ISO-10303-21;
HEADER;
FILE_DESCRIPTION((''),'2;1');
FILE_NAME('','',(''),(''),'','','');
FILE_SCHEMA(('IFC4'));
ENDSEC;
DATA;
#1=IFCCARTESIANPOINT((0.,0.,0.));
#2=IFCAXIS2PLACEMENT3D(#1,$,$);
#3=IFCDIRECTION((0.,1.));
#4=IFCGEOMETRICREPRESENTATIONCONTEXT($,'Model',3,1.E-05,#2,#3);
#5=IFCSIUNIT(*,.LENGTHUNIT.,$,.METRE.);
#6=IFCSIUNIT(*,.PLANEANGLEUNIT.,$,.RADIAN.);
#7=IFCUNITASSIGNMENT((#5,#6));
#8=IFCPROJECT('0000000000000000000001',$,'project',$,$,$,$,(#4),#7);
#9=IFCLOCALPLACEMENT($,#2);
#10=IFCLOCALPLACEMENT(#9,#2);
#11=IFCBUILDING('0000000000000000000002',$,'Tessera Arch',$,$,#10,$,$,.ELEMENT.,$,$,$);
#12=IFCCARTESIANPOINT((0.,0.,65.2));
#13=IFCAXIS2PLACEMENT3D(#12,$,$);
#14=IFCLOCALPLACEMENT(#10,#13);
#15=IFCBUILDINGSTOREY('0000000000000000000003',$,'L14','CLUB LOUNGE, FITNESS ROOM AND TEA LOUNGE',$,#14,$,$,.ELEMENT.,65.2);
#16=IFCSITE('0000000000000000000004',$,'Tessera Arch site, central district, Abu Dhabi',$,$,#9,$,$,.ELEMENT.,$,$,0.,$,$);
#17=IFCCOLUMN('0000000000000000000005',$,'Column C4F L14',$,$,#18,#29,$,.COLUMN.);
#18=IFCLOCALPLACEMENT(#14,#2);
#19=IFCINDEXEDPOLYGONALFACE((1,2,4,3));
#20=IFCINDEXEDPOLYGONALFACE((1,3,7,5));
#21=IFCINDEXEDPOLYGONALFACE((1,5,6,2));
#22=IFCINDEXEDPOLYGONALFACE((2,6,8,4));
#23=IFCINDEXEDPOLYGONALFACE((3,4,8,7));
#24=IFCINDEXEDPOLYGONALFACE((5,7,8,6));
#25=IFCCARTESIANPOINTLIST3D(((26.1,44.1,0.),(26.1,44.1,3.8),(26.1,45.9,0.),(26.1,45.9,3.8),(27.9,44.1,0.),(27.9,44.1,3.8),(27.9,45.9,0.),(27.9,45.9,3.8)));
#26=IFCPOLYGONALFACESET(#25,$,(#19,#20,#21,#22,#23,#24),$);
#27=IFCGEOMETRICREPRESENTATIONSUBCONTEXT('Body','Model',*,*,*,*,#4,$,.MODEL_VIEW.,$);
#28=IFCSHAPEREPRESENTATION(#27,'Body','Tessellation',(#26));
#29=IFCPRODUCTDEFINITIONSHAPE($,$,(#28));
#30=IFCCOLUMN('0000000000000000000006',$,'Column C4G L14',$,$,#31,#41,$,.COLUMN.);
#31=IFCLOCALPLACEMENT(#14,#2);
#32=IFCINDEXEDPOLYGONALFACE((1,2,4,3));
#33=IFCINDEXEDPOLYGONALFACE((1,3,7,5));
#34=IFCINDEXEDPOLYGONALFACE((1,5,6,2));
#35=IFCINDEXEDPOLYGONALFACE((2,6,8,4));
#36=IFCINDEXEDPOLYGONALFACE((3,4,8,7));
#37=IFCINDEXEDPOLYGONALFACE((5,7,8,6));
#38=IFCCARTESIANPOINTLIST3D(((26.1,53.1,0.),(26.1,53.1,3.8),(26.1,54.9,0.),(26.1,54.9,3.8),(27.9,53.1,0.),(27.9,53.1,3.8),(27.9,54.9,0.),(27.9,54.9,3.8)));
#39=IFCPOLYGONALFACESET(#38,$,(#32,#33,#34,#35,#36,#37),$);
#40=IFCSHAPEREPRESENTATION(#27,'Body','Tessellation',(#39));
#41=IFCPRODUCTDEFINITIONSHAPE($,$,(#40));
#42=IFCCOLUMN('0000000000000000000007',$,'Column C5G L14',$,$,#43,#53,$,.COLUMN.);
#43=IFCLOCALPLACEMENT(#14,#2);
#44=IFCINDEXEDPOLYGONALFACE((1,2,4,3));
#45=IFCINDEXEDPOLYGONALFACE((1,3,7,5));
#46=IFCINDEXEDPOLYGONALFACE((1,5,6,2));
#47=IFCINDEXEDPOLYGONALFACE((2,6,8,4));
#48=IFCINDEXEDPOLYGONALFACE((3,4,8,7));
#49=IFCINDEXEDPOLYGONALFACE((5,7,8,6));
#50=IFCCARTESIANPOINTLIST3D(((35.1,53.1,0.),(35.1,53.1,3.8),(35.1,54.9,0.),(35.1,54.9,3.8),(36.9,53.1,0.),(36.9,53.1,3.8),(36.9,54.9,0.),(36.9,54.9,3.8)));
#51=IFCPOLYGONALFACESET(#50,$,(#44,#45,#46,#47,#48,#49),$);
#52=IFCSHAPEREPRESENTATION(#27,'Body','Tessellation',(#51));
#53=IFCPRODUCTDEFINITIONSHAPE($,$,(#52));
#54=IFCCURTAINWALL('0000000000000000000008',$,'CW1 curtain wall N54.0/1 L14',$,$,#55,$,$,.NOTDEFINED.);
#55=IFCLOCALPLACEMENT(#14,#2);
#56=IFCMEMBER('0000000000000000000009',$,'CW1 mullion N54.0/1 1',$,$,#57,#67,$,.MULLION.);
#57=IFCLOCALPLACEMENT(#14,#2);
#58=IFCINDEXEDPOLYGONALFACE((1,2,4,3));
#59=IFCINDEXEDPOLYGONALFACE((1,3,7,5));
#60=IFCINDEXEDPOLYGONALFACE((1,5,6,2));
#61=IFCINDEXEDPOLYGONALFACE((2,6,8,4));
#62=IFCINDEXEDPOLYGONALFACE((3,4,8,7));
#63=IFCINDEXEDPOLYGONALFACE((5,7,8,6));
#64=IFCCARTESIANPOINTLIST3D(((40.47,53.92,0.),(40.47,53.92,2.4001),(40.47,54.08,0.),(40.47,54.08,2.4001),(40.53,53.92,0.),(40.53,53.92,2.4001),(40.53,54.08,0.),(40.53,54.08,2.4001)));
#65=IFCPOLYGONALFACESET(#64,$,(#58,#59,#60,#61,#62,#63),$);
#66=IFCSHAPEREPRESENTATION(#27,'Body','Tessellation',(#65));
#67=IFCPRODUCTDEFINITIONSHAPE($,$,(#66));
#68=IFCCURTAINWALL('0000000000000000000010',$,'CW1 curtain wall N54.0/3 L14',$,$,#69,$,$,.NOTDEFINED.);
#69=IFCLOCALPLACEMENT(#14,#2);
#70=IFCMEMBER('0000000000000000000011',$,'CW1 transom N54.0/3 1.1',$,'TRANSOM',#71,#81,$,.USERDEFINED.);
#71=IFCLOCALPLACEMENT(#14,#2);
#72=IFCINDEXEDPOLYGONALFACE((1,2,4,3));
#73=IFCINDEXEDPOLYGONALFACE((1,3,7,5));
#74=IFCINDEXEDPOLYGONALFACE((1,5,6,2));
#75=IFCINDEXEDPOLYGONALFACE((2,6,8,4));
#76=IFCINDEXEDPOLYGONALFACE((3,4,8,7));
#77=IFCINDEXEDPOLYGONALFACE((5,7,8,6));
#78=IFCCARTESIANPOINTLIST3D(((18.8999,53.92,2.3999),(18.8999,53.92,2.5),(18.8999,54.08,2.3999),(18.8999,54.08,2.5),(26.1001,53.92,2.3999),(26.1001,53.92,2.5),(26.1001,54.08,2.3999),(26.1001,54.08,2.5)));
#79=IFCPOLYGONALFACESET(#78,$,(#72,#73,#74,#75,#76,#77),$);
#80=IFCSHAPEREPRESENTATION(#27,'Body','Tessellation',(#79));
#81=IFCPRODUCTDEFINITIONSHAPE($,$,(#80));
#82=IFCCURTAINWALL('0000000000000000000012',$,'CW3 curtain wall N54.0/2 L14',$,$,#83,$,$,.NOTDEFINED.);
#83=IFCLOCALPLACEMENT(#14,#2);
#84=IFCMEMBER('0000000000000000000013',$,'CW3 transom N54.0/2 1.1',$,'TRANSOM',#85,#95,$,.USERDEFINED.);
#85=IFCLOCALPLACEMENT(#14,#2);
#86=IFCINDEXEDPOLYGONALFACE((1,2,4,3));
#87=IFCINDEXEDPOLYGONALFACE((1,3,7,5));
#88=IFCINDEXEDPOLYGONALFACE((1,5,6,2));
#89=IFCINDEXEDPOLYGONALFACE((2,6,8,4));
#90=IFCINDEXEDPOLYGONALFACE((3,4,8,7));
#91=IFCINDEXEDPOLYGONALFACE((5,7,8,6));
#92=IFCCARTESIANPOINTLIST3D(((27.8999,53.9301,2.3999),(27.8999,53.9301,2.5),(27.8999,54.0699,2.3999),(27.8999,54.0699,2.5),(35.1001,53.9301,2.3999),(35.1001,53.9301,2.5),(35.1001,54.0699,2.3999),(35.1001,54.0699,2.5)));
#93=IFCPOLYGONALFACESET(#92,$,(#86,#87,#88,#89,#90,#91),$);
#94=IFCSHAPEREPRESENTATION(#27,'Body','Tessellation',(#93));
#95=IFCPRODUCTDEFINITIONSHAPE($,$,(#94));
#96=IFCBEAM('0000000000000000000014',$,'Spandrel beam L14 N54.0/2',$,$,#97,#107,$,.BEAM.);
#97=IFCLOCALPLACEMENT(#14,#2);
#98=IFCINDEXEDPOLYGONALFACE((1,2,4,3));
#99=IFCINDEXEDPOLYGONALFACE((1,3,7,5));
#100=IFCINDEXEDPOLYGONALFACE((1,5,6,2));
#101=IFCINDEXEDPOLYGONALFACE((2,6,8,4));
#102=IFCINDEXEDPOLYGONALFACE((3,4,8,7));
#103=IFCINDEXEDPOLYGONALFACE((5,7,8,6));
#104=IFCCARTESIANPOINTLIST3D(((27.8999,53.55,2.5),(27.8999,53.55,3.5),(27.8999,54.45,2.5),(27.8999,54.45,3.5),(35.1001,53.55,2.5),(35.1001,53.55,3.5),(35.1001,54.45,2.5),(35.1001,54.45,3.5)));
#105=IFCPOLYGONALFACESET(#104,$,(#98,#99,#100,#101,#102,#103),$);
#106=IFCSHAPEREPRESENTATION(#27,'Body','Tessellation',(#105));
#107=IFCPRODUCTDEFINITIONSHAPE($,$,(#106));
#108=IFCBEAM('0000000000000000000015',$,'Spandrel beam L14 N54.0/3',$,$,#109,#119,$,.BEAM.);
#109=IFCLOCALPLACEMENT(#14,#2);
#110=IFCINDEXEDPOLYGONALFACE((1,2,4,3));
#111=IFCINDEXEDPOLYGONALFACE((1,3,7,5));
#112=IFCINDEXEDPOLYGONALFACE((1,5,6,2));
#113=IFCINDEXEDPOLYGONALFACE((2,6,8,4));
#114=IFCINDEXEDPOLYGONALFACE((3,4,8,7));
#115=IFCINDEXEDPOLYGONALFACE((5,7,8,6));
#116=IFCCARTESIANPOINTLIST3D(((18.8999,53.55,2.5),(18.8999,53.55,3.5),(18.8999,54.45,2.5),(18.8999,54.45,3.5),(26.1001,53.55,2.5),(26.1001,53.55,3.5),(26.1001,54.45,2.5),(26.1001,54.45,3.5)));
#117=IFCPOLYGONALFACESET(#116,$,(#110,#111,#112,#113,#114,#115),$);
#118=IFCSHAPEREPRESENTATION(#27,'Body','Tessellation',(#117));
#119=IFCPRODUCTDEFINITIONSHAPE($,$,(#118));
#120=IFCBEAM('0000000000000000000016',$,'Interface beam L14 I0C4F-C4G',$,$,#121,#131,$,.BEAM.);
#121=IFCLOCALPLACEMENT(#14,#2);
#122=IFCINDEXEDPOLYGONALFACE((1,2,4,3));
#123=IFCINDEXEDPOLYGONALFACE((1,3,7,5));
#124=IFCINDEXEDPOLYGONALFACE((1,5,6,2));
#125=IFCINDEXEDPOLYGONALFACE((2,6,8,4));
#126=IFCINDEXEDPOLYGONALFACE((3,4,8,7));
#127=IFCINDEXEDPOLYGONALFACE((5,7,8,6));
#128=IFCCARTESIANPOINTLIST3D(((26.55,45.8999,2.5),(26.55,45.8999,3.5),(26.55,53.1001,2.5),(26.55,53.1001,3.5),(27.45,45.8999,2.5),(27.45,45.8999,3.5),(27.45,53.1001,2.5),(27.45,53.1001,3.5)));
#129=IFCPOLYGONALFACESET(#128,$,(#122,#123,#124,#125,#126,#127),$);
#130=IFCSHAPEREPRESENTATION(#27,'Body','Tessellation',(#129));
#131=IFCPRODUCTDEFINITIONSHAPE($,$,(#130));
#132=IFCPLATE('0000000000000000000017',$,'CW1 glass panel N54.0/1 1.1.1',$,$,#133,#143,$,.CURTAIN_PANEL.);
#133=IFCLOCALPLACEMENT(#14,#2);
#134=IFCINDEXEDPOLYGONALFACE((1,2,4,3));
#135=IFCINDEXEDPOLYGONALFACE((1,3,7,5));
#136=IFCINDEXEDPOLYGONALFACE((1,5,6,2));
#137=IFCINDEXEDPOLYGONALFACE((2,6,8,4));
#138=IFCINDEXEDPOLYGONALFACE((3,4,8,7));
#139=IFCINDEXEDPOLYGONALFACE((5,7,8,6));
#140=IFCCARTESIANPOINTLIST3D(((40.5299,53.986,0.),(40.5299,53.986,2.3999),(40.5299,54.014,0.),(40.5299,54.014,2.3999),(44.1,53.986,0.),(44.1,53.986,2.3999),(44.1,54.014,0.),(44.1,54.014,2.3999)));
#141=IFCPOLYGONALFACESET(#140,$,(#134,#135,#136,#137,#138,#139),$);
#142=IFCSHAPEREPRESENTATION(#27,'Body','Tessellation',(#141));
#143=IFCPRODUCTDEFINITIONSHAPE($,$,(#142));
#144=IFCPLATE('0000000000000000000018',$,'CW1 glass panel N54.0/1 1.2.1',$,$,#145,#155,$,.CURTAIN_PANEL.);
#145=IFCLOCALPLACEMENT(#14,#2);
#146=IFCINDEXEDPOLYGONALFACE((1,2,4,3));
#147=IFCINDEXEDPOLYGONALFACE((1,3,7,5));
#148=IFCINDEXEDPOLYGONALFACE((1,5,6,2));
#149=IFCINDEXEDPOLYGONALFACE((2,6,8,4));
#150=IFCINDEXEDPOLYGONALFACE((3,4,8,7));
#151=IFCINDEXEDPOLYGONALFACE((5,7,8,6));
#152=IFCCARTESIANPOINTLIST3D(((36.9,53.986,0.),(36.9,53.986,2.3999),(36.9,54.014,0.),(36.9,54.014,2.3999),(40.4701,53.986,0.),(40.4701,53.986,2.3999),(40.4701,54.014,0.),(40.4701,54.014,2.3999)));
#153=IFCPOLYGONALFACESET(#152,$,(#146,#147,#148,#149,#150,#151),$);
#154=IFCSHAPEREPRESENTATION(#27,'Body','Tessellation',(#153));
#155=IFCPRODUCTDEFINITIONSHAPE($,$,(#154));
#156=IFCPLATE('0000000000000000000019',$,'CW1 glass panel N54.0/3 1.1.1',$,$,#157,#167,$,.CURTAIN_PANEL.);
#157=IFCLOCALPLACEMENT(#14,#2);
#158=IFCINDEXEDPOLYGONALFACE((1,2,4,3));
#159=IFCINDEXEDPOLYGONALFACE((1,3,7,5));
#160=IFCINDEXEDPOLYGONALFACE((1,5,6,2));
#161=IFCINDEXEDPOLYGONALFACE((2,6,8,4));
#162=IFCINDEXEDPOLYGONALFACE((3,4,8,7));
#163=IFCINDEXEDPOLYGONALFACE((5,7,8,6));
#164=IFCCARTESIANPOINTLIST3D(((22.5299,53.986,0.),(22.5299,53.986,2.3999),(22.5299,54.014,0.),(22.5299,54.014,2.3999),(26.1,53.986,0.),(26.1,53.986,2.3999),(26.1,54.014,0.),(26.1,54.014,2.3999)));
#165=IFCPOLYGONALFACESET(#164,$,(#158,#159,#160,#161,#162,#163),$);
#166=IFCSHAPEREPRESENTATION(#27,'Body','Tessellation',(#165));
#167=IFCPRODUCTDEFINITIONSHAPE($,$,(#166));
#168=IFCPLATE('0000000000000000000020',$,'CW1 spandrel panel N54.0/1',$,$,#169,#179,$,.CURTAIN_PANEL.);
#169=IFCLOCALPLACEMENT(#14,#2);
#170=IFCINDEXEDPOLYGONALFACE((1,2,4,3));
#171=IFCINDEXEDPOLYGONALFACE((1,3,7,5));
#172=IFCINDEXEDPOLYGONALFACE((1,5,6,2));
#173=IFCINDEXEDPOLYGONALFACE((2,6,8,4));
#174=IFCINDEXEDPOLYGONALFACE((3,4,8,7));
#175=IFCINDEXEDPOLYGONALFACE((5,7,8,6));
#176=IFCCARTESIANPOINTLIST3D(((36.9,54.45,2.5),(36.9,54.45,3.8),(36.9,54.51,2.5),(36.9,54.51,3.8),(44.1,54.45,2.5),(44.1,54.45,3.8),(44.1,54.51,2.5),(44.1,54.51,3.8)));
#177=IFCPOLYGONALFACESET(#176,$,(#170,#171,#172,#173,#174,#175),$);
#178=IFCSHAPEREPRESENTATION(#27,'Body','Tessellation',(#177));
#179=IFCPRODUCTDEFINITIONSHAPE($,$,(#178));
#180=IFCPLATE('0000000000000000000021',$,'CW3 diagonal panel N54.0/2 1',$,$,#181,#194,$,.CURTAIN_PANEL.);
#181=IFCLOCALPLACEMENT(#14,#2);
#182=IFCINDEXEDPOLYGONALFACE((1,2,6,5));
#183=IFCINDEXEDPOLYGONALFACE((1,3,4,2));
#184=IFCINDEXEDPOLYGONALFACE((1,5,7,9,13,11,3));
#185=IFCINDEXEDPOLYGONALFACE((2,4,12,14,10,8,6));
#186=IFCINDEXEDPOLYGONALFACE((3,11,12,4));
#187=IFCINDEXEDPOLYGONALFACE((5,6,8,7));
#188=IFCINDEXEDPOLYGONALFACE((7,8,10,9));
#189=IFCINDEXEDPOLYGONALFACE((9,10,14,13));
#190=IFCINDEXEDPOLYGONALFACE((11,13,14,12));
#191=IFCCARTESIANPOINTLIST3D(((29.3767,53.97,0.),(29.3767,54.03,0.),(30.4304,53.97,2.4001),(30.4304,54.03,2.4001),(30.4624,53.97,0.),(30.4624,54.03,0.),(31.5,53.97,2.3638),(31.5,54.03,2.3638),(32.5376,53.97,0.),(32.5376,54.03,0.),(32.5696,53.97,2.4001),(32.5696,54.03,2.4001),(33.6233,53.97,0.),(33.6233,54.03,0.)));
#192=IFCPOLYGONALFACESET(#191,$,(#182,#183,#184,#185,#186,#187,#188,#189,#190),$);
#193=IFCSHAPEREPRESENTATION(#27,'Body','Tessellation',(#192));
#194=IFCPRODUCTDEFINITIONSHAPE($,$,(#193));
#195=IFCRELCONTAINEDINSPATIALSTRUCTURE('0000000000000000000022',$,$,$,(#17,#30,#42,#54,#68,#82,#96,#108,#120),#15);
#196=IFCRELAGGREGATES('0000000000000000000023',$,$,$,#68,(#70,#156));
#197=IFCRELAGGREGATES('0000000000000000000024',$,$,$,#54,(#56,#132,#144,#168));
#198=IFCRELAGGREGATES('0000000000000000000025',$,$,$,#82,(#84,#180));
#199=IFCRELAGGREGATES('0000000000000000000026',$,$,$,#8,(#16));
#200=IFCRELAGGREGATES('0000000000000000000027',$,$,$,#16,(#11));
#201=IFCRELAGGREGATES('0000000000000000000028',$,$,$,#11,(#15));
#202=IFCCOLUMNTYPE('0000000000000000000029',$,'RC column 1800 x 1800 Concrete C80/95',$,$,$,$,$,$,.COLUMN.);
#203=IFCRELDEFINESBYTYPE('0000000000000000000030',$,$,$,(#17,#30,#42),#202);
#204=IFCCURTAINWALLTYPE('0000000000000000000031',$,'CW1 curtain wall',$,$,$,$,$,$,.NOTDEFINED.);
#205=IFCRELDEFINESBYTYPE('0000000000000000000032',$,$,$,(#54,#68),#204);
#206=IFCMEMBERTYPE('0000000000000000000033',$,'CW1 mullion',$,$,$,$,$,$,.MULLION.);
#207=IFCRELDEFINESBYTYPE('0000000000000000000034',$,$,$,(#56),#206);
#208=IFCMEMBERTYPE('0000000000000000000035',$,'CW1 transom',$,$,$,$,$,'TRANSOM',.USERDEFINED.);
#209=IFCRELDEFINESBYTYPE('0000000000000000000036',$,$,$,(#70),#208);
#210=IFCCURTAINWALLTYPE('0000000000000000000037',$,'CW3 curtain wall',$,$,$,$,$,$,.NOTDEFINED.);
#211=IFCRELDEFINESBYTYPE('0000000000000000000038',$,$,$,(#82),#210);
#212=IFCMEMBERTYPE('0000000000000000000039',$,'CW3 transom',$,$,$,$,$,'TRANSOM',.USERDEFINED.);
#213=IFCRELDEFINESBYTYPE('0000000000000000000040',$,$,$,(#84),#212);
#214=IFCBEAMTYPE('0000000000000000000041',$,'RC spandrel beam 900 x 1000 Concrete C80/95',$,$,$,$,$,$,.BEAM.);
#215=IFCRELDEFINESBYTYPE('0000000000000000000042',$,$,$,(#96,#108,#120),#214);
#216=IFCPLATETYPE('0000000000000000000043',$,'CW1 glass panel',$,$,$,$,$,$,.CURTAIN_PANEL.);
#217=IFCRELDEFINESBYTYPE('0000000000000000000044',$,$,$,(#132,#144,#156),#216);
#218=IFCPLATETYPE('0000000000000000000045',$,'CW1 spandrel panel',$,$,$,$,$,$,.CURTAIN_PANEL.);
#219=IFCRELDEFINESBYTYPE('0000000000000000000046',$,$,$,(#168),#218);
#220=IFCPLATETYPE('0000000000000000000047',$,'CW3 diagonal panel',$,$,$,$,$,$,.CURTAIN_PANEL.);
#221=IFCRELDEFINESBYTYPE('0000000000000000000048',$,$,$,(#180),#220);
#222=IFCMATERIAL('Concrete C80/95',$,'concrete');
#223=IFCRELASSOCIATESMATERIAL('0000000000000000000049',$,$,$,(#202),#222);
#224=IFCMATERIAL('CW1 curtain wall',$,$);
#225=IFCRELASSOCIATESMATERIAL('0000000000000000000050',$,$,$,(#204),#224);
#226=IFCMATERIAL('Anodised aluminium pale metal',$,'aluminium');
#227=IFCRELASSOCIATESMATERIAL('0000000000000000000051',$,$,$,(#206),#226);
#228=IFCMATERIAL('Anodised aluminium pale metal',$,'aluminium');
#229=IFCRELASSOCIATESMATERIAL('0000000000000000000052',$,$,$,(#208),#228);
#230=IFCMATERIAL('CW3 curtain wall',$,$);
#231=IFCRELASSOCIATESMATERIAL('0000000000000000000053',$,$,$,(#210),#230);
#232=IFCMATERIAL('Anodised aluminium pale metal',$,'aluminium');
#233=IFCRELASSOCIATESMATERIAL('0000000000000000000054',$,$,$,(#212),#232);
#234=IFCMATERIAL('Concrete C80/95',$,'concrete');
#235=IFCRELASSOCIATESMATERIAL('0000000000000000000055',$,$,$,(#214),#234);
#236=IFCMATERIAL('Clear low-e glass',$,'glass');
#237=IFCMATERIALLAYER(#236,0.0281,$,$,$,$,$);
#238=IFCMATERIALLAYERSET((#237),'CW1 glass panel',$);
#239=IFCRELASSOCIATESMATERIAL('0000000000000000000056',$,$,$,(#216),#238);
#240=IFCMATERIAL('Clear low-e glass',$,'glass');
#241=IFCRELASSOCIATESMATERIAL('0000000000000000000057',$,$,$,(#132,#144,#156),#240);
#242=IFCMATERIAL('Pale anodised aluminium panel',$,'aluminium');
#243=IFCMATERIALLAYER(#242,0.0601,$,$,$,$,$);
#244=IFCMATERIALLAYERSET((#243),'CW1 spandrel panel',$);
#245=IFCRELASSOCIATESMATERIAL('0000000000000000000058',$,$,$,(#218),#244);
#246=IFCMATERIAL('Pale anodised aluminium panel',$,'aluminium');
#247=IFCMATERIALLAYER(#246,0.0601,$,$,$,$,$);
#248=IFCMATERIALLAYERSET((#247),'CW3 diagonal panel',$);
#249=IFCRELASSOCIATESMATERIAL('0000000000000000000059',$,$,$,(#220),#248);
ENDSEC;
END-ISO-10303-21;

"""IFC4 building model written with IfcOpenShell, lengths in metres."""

from ifc_helpers import new_model, si_unit, direction, frame, origin, origin_2d, place, context, subcontext, project, spatial, polyline, rectangle, outline, extrude, material, layer, layer_set, material_profile, profile_set, type_object, element, aggregate, save


model = new_model("IFC4")

# Units and contexts
model_context = context("Model", 3, precision=1e-05, world=origin(), true_north=direction((0.0, 1.0)))
body_context = subcontext(model_context, "Body", "Model", "MODEL_VIEW")
ifc_project = project(units=[si_unit("LENGTHUNIT", "METRE"), si_unit("PLANEANGLEUNIT", "RADIAN")], contexts=[model_context])

# Site, building, storey
site_placement = place(None, origin())
site = spatial("IfcSite", under=ifc_project, at=site_placement, Name="Tessera Arch site, central district, Abu Dhabi", CompositionType="ELEMENT", RefElevation=0.0)
building_placement = place(site_placement, origin())
building = spatial("IfcBuilding", under=site, at=building_placement, Name="Tessera Arch", CompositionType="ELEMENT")
storey_placement = place(building_placement, frame((0.0, 0.0, 65.2)))
storey = spatial("IfcBuildingStorey", under=building, at=storey_placement, Name="L14", Description="CLUB LOUNGE, FITNESS ROOM AND TEA LOUNGE", CompositionType="ELEMENT", Elevation=65.2)

# Columns
ifc_material_1 = material(Name="Concrete C80/95", Category="concrete")
ifc_material_profile_1 = material_profile(ifc_material_1, rectangle(XDim=1.8, YDim=1.8, at=origin_2d()), Name="RC column 1800 x 1800 Concrete C80/95")
ifc_profile_set_1 = profile_set([ifc_material_profile_1], Name="Concrete C80/95")
column_type = type_object("IfcColumnType", Name="RC column 1800 x 1800 Concrete C80/95", PredefinedType="COLUMN", material=ifc_profile_set_1)
for number, where, z_axis, x_axis, name in (
    (1, (27.0, 45.0, 0.0), (0.0, 0.0, 1.0), (1.0, 0.0, 0.0), "Column C4F L14"),
    (2, (27.0, 54.0, 0.0), (0.0, 0.0, 1.0), (1.0, 0.0, 0.0), "Column C4G L14"),
    (3, (36.0, 54.0, 0.0), (0.0, 0.0, 1.0), (1.0, 0.0, 0.0), "Column C5G L14"),
):
    element("IfcColumn", number, at=place(storey_placement, frame(where, z_axis=z_axis, x_axis=x_axis)), inside=storey, type_object=column_type, Name=name, PredefinedType="COLUMN", context=body_context, shape_type="SweptSolid", body=[
        extrude(rectangle(XDim=1.8, YDim=1.8, at=origin_2d()), origin(), (0.0, 0.0, 1.0), 3.8),
    ])

# Curtain walls, members
ifc_material_2 = material(Name="CW1 curtain wall")
curtain_wall_type_1 = type_object("IfcCurtainWallType", Name="CW1 curtain wall", PredefinedType="NOTDEFINED", material=ifc_material_2)
curtain_wall_1_placement = place(storey_placement, origin())
curtain_wall_1 = element("IfcCurtainWall", 4, at=curtain_wall_1_placement, inside=storey, type_object=curtain_wall_type_1, Name="CW1 curtain wall N54.0/1 L14", PredefinedType="NOTDEFINED")
ifc_material_3 = material(Name="Anodised aluminium pale metal", Category="aluminium")
ifc_material_profile_2 = material_profile(ifc_material_3, rectangle(XDim=0.1599, YDim=0.0601, at=origin_2d()), Name="AL 60x160")
ifc_profile_set_2 = profile_set([ifc_material_profile_2], Name="Anodised aluminium pale metal")
member_type_1 = type_object("IfcMemberType", Name="CW1 mullion", PredefinedType="MULLION", material=ifc_profile_set_2)
member_1_placement = place(storey_placement, frame((40.5, 54.0, 0.0), z_axis=(0.0, 0.0, 1.0), x_axis=(0.0, -1.0, 0.0)))
member_1 = element("IfcMember", 5, at=member_1_placement, type_object=member_type_1, Name="CW1 mullion N54.0/1 1", PredefinedType="MULLION", context=body_context, shape_type="SweptSolid", body=[
    extrude(rectangle(XDim=0.1599, YDim=0.0601, at=origin_2d()), origin(), (0.0, 0.0, 1.0), 2.4001),
])
curtain_wall_2_placement = place(storey_placement, origin())
curtain_wall_2 = element("IfcCurtainWall", 6, at=curtain_wall_2_placement, inside=storey, type_object=curtain_wall_type_1, Name="CW1 curtain wall N54.0/3 L14", PredefinedType="NOTDEFINED")
ifc_material_4 = material(Name="Anodised aluminium pale metal", Category="aluminium")
ifc_material_profile_3 = material_profile(ifc_material_4, rectangle(XDim=0.1599, YDim=0.1001, at=origin_2d()), Name="AL 160x100")
ifc_profile_set_3 = profile_set([ifc_material_profile_3], Name="Anodised aluminium pale metal")
member_type_2 = type_object("IfcMemberType", Name="CW1 transom", ElementType="TRANSOM", PredefinedType="USERDEFINED", material=ifc_profile_set_3)
member_2_placement = place(storey_placement, frame((26.1001, 54.0, 2.45), z_axis=(-1.0, 0.0, 0.0), x_axis=(0.0, -1.0, 0.0)))
member_2 = element("IfcMember", 7, at=member_2_placement, type_object=member_type_2, Name="CW1 transom N54.0/3 1.1", ObjectType="TRANSOM", PredefinedType="USERDEFINED", context=body_context, shape_type="SweptSolid", body=[
    extrude(rectangle(XDim=0.1599, YDim=0.1001, at=origin_2d()), origin(), (0.0, 0.0, 1.0), 7.2002),
])
ifc_material_5 = material(Name="CW3 curtain wall")
curtain_wall_type_2 = type_object("IfcCurtainWallType", Name="CW3 curtain wall", PredefinedType="NOTDEFINED", material=ifc_material_5)
curtain_wall_3_placement = place(storey_placement, origin())
curtain_wall_3 = element("IfcCurtainWall", 8, at=curtain_wall_3_placement, inside=storey, type_object=curtain_wall_type_2, Name="CW3 curtain wall N54.0/2 L14", PredefinedType="NOTDEFINED")
ifc_material_6 = material(Name="Anodised aluminium pale metal", Category="aluminium")
ifc_material_profile_4 = material_profile(ifc_material_6, rectangle(XDim=0.1399, YDim=0.1001, at=origin_2d()), Name="AL 140x100")
ifc_profile_set_4 = profile_set([ifc_material_profile_4], Name="Anodised aluminium pale metal")
member_type_3 = type_object("IfcMemberType", Name="CW3 transom", ElementType="TRANSOM", PredefinedType="USERDEFINED", material=ifc_profile_set_4)
member_3_placement = place(storey_placement, frame((35.1001, 54.0, 2.45), z_axis=(-1.0, 0.0, 0.0), x_axis=(0.0, -1.0, 0.0)))
member_3 = element("IfcMember", 9, at=member_3_placement, type_object=member_type_3, Name="CW3 transom N54.0/2 1.1", ObjectType="TRANSOM", PredefinedType="USERDEFINED", context=body_context, shape_type="SweptSolid", body=[
    extrude(rectangle(XDim=0.1399, YDim=0.1001, at=origin_2d()), origin(), (0.0, 0.0, 1.0), 7.2002),
])

# Beams
ifc_material_7 = material(Name="Concrete C80/95", Category="concrete")
ifc_material_profile_5 = material_profile(ifc_material_7, rectangle(XDim=0.8999, YDim=1.0, at=origin_2d()), Name="RC spandrel beam 900 x 1000 Concrete C80/95")
ifc_profile_set_5 = profile_set([ifc_material_profile_5], Name="Concrete C80/95")
beam_type = type_object("IfcBeamType", Name="RC spandrel beam 900 x 1000 Concrete C80/95", PredefinedType="BEAM", material=ifc_profile_set_5)
for number, where, z_axis, x_axis, name in (
    (10, (35.1001, 54.0, 3.0), (-1.0, 0.0, 0.0), (0.0, -1.0, 0.0), "Spandrel beam L14 N54.0/2"),
    (11, (26.1001, 54.0, 3.0), (-1.0, 0.0, 0.0), (0.0, -1.0, 0.0), "Spandrel beam L14 N54.0/3"),
    (12, (27.0, 45.8999, 3.0), (0.0, 1.0, 0.0), (-1.0, 0.0, 0.0), "Interface beam L14 I0C4F-C4G"),
):
    element("IfcBeam", number, at=place(storey_placement, frame(where, z_axis=z_axis, x_axis=x_axis)), inside=storey, type_object=beam_type, Name=name, PredefinedType="BEAM", context=body_context, shape_type="SweptSolid", body=[
        extrude(rectangle(XDim=0.8999, YDim=1.0, at=origin_2d()), origin(), (0.0, 0.0, 1.0), 7.2002),
    ])

# Plates
ifc_material_8 = material(Name="Clear low-e glass", Category="glass")
ifc_material_9 = material(Name="Clear low-e glass", Category="glass")
ifc_layer_1 = layer(ifc_material_9, 0.0281)
ifc_layer_set_1 = layer_set([ifc_layer_1], Name="CW1 glass panel")
plate_type_1 = type_object("IfcPlateType", Name="CW1 glass panel", PredefinedType="CURTAIN_PANEL", material=ifc_layer_set_1)
plate_1_placement = place(storey_placement, frame((42.3149, 54.0, 0.0), z_axis=(0.0, 0.0, 1.0), x_axis=(-1.0, 0.0, 0.0)))
plate_1 = element("IfcPlate", 13, at=plate_1_placement, type_object=plate_type_1, material=ifc_material_8, Name="CW1 glass panel N54.0/1 1.1.1", PredefinedType="CURTAIN_PANEL", context=body_context, shape_type="SweptSolid", body=[
    extrude(rectangle(XDim=3.5701, YDim=0.0281, at=origin_2d()), origin(), (0.0, 0.0, 1.0), 2.3999),
])
plate_2_placement = place(storey_placement, frame((38.6851, 54.0, 0.0), z_axis=(0.0, 0.0, 1.0), x_axis=(-1.0, 0.0, 0.0)))
plate_2 = element("IfcPlate", 14, at=plate_2_placement, type_object=plate_type_1, material=ifc_material_8, Name="CW1 glass panel N54.0/1 1.2.1", PredefinedType="CURTAIN_PANEL", context=body_context, shape_type="SweptSolid", body=[
    extrude(rectangle(XDim=3.5701, YDim=0.0281, at=origin_2d()), origin(), (0.0, 0.0, 1.0), 2.3999),
])
plate_3_placement = place(storey_placement, frame((24.3149, 54.0, 0.0), z_axis=(0.0, 0.0, 1.0), x_axis=(-1.0, 0.0, 0.0)))
plate_3 = element("IfcPlate", 15, at=plate_3_placement, type_object=plate_type_1, material=ifc_material_8, Name="CW1 glass panel N54.0/3 1.1.1", PredefinedType="CURTAIN_PANEL", context=body_context, shape_type="SweptSolid", body=[
    extrude(rectangle(XDim=3.5701, YDim=0.0281, at=origin_2d()), origin(), (0.0, 0.0, 1.0), 2.3999),
])
aggregate(curtain_wall_2, [member_2, plate_3])
ifc_material_10 = material(Name="Pale anodised aluminium panel", Category="aluminium")
ifc_layer_2 = layer(ifc_material_10, 0.0601)
ifc_layer_set_2 = layer_set([ifc_layer_2], Name="CW1 spandrel panel")
plate_type_2 = type_object("IfcPlateType", Name="CW1 spandrel panel", PredefinedType="CURTAIN_PANEL", material=ifc_layer_set_2)
plate_4_placement = place(storey_placement, frame((40.5, 54.48, 2.5), z_axis=(0.0, 0.0, 1.0), x_axis=(-1.0, 0.0, 0.0)))
plate_4 = element("IfcPlate", 16, at=plate_4_placement, type_object=plate_type_2, Name="CW1 spandrel panel N54.0/1", PredefinedType="CURTAIN_PANEL", context=body_context, shape_type="SweptSolid", body=[
    extrude(rectangle(XDim=7.2, YDim=0.0601, at=origin_2d()), origin(), (0.0, 0.0, 1.0), 1.3),
])
aggregate(curtain_wall_1, [member_1, plate_1, plate_2, plate_4])
ifc_material_11 = material(Name="Pale anodised aluminium panel", Category="aluminium")
ifc_layer_3 = layer(ifc_material_11, 0.0601)
ifc_layer_set_3 = layer_set([ifc_layer_3], Name="CW3 diagonal panel")
plate_type_3 = type_object("IfcPlateType", Name="CW3 diagonal panel", PredefinedType="CURTAIN_PANEL", material=ifc_layer_set_3)
plate_5_placement = place(storey_placement, frame((30.4304, 54.03, 2.4001), z_axis=(0.0, 1.0, 0.0), x_axis=(1.0, 0.0, 0.0)))
plate_5 = element("IfcPlate", 17, at=plate_5_placement, type_object=plate_type_3, Name="CW3 diagonal panel N54.0/2 1", PredefinedType="CURTAIN_PANEL", context=body_context, shape_type="SweptSolid", body=[
    extrude(outline(polyline([(0.0, 0.0), (2.1392, 0.0), (3.1929, 2.4001), (2.1072, 2.4001), (1.0696, 0.0364), (0.032, 2.4001), (-1.0537, 2.4001), (0.0, 0.0)])), origin(), (0.0, 0.0, -1.0), 0.0601),
])
aggregate(curtain_wall_3, [member_3, plate_5])

save(model, "model.ifc")
